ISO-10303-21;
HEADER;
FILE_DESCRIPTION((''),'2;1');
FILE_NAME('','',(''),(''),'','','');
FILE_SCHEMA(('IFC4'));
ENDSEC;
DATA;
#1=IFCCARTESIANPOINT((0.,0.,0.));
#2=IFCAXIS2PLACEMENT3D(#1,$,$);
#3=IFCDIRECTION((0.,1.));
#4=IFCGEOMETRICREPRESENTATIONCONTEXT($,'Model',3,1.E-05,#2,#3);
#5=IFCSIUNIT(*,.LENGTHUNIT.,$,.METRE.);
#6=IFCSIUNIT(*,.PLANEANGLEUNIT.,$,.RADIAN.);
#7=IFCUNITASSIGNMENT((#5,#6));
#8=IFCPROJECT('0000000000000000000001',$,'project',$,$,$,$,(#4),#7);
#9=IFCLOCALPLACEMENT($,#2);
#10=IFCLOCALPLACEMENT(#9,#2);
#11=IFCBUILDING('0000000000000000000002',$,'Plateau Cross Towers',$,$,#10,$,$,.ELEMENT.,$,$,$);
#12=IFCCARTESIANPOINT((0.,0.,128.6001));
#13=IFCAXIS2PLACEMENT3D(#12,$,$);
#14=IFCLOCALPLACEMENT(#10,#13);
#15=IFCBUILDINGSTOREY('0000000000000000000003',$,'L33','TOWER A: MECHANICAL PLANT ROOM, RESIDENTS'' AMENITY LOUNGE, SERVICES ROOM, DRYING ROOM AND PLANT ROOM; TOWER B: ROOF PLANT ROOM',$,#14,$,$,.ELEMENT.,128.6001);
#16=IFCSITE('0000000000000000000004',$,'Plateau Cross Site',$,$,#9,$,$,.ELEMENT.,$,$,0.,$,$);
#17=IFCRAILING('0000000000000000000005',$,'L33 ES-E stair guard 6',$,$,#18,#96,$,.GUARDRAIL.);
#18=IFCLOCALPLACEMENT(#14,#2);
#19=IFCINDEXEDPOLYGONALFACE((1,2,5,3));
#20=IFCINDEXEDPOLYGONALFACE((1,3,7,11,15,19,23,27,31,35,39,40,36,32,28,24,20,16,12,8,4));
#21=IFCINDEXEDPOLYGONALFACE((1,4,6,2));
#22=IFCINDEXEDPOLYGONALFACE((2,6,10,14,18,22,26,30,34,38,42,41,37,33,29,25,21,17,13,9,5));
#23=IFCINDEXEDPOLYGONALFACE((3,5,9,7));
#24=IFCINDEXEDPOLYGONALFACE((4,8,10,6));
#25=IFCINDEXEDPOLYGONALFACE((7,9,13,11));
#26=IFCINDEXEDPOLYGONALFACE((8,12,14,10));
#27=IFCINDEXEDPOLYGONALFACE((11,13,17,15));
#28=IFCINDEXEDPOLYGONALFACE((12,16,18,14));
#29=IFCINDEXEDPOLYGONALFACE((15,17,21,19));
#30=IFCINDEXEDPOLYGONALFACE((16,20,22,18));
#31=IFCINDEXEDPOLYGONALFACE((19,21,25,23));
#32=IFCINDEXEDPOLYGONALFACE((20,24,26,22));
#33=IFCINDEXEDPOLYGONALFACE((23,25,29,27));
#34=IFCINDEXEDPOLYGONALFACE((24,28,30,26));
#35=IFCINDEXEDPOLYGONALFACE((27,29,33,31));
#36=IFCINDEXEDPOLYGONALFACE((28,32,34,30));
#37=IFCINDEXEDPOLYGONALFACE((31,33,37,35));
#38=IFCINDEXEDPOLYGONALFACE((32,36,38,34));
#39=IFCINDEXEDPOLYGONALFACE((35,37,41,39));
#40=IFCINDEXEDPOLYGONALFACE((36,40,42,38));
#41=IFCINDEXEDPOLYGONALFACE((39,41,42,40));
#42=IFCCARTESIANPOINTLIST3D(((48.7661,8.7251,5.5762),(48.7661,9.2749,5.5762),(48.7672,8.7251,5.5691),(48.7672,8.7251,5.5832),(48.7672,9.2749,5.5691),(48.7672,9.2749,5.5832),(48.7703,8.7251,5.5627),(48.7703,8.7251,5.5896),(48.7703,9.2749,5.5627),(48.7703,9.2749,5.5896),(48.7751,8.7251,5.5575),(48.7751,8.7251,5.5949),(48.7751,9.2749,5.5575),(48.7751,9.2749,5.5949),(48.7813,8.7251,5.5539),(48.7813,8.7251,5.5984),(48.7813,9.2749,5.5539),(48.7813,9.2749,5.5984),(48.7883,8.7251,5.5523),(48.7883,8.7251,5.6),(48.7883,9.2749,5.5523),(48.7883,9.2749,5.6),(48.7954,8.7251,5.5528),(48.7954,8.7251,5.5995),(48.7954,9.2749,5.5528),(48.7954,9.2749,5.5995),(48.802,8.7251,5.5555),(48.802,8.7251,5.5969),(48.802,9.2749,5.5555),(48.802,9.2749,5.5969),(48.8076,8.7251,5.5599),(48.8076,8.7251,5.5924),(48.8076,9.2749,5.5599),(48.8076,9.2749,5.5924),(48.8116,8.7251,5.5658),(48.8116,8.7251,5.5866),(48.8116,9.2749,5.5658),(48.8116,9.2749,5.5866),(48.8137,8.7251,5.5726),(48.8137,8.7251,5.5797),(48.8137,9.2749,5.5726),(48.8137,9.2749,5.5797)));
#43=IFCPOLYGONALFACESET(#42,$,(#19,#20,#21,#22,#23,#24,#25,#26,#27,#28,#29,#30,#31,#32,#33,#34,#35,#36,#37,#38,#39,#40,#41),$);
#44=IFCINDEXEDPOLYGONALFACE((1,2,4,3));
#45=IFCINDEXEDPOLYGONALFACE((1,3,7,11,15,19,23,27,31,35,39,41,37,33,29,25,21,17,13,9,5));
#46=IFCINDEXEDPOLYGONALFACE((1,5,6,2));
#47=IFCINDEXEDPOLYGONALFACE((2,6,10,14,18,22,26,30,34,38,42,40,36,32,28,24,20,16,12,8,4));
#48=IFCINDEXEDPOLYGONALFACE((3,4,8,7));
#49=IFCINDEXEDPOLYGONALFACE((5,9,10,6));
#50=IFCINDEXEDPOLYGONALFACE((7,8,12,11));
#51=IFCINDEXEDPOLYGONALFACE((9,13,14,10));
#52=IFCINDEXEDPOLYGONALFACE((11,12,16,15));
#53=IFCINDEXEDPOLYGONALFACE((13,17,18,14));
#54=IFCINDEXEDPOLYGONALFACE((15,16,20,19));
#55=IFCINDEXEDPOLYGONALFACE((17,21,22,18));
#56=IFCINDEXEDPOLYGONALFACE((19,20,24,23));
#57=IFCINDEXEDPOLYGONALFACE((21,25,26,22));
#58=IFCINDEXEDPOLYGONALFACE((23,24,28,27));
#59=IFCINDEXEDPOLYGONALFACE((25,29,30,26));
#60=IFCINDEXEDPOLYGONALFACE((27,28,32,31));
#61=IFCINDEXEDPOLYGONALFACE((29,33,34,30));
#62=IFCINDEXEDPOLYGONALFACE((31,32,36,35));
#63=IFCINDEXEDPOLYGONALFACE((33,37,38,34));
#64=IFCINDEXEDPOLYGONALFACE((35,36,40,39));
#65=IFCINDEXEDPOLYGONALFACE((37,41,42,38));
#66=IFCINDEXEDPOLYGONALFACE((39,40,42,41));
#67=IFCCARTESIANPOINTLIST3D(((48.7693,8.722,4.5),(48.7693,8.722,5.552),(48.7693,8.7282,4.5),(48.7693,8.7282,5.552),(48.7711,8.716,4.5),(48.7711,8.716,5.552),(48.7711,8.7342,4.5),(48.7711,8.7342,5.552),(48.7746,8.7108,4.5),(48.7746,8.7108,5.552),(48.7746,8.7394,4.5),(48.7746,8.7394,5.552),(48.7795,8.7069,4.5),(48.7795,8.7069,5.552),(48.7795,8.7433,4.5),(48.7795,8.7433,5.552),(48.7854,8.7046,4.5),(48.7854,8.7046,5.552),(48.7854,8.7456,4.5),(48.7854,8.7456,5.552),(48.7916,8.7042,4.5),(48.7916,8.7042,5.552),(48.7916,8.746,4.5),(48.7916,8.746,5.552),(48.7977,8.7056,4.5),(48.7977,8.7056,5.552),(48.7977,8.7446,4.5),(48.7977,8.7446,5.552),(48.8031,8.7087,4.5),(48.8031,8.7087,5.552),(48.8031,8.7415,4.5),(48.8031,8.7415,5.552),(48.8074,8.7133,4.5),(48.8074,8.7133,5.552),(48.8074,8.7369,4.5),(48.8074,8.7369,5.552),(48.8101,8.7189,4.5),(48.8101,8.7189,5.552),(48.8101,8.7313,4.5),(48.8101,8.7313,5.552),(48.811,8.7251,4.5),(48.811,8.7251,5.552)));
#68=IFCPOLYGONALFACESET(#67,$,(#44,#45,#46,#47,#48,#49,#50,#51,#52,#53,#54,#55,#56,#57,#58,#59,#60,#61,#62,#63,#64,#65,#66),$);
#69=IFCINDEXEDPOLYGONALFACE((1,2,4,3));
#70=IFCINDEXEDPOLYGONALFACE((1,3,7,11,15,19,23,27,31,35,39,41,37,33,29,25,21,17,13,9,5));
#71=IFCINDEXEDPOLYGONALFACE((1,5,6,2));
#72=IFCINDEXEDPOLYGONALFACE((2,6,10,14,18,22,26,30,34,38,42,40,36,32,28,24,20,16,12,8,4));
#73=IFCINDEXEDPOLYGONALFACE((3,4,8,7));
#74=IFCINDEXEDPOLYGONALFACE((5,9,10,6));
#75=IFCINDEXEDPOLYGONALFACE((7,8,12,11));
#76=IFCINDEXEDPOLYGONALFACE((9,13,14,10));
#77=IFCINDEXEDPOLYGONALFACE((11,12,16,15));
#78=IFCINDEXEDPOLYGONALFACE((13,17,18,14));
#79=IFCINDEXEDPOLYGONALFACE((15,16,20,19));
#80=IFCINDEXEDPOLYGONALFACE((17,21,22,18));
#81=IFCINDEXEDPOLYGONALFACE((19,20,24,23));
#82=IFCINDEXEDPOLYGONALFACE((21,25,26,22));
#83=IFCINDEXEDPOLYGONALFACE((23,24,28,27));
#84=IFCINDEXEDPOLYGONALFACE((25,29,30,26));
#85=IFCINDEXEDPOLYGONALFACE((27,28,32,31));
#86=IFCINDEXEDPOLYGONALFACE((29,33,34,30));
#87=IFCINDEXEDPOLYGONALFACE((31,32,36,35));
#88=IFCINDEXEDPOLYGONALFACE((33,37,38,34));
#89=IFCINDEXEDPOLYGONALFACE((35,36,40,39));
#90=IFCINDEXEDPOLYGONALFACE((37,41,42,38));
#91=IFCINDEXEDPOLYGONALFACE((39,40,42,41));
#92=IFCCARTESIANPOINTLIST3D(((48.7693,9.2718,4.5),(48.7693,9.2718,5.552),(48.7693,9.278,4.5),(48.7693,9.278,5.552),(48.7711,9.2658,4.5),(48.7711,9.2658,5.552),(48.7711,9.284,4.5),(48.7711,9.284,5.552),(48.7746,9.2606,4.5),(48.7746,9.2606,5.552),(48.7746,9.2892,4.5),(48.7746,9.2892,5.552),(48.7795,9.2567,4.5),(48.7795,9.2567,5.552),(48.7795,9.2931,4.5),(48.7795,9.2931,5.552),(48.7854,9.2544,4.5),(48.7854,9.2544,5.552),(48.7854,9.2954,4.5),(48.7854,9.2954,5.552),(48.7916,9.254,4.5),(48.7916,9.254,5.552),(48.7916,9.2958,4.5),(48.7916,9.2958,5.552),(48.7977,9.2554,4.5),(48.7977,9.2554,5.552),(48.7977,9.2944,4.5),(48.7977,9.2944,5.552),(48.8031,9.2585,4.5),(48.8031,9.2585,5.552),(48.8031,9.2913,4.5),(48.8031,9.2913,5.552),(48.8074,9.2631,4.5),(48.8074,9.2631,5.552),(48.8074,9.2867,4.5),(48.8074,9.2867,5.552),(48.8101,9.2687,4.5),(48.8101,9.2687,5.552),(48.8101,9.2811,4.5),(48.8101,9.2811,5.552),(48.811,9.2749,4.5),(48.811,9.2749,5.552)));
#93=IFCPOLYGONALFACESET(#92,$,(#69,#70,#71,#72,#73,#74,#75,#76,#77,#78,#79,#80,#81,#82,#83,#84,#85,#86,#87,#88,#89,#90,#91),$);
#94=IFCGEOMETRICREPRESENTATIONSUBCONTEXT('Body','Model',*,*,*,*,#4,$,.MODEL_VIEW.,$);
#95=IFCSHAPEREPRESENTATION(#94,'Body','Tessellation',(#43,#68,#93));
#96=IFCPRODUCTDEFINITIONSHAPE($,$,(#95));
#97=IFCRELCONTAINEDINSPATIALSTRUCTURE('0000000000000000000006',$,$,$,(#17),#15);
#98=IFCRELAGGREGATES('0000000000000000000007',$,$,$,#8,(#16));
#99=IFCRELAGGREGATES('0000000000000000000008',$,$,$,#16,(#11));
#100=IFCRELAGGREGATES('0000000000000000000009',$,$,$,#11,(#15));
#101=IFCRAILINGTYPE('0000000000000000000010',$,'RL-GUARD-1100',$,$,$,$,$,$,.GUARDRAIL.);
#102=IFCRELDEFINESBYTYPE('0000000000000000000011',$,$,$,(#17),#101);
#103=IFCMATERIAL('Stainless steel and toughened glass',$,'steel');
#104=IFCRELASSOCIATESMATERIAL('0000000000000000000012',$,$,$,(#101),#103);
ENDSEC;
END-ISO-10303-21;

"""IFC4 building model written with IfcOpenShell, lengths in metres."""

from ifc_helpers import new_model, si_unit, direction, frame, origin, origin_2d, place, context, subcontext, project, spatial, circle, extrude, material, type_object, element, save


model = new_model("IFC4")

# Units and contexts
model_context = context("Model", 3, precision=1e-05, world=origin(), true_north=direction((0.0, 1.0)))
body_context = subcontext(model_context, "Body", "Model", "MODEL_VIEW")
ifc_project = project(units=[si_unit("LENGTHUNIT", "METRE"), si_unit("PLANEANGLEUNIT", "RADIAN")], contexts=[model_context])

# Site, building, storey
site_placement = place(None, origin())
site = spatial("IfcSite", under=ifc_project, at=site_placement, Name="Plateau Cross Site", CompositionType="ELEMENT", RefElevation=0.0)
building_placement = place(site_placement, origin())
building = spatial("IfcBuilding", under=site, at=building_placement, Name="Plateau Cross Towers", CompositionType="ELEMENT")
storey_placement = place(building_placement, frame((0.0, 0.0, 128.6001)))
storey = spatial("IfcBuildingStorey", under=building, at=storey_placement, Name="L33", Description="TOWER A: MECHANICAL PLANT ROOM, RESIDENTS' AMENITY LOUNGE, SERVICES ROOM, DRYING ROOM AND PLANT ROOM; TOWER B: ROOF PLANT ROOM", CompositionType="ELEMENT", Elevation=128.6001)

# Railing
ifc_material_1 = material(Name="Stainless steel and toughened glass", Category="steel")
railing_type_1 = type_object("IfcRailingType", Name="RL-GUARD-1100", PredefinedType="GUARDRAIL", material=ifc_material_1)
railing_1_placement = place(storey_placement, frame((48.79, 8.7251, 4.5)))
element("IfcRailing", 1, at=railing_1_placement, inside=storey, type_object=railing_type_1, Name="L33 ES-E stair guard 6", PredefinedType="GUARDRAIL", context=body_context, shape_type="SweptSolid", body=[
    extrude(circle(Radius=0.0239, at=origin_2d()), frame((0.0, 0.0, 1.0762), z_axis=(0.0, 1.0, 0.0), x_axis=(-1.0, 0.0, 0.0)), (0.0, 0.0, 1.0), 0.5498),
    extrude(circle(Radius=0.021, at=origin_2d()), origin(), (0.0, 0.0, 1.0), 1.052),
    extrude(circle(Radius=0.021, at=origin_2d()), frame((0.0, 0.5498, 0.0)), (0.0, 0.0, 1.0), 1.052),
])

save(model, "model.ifc")
